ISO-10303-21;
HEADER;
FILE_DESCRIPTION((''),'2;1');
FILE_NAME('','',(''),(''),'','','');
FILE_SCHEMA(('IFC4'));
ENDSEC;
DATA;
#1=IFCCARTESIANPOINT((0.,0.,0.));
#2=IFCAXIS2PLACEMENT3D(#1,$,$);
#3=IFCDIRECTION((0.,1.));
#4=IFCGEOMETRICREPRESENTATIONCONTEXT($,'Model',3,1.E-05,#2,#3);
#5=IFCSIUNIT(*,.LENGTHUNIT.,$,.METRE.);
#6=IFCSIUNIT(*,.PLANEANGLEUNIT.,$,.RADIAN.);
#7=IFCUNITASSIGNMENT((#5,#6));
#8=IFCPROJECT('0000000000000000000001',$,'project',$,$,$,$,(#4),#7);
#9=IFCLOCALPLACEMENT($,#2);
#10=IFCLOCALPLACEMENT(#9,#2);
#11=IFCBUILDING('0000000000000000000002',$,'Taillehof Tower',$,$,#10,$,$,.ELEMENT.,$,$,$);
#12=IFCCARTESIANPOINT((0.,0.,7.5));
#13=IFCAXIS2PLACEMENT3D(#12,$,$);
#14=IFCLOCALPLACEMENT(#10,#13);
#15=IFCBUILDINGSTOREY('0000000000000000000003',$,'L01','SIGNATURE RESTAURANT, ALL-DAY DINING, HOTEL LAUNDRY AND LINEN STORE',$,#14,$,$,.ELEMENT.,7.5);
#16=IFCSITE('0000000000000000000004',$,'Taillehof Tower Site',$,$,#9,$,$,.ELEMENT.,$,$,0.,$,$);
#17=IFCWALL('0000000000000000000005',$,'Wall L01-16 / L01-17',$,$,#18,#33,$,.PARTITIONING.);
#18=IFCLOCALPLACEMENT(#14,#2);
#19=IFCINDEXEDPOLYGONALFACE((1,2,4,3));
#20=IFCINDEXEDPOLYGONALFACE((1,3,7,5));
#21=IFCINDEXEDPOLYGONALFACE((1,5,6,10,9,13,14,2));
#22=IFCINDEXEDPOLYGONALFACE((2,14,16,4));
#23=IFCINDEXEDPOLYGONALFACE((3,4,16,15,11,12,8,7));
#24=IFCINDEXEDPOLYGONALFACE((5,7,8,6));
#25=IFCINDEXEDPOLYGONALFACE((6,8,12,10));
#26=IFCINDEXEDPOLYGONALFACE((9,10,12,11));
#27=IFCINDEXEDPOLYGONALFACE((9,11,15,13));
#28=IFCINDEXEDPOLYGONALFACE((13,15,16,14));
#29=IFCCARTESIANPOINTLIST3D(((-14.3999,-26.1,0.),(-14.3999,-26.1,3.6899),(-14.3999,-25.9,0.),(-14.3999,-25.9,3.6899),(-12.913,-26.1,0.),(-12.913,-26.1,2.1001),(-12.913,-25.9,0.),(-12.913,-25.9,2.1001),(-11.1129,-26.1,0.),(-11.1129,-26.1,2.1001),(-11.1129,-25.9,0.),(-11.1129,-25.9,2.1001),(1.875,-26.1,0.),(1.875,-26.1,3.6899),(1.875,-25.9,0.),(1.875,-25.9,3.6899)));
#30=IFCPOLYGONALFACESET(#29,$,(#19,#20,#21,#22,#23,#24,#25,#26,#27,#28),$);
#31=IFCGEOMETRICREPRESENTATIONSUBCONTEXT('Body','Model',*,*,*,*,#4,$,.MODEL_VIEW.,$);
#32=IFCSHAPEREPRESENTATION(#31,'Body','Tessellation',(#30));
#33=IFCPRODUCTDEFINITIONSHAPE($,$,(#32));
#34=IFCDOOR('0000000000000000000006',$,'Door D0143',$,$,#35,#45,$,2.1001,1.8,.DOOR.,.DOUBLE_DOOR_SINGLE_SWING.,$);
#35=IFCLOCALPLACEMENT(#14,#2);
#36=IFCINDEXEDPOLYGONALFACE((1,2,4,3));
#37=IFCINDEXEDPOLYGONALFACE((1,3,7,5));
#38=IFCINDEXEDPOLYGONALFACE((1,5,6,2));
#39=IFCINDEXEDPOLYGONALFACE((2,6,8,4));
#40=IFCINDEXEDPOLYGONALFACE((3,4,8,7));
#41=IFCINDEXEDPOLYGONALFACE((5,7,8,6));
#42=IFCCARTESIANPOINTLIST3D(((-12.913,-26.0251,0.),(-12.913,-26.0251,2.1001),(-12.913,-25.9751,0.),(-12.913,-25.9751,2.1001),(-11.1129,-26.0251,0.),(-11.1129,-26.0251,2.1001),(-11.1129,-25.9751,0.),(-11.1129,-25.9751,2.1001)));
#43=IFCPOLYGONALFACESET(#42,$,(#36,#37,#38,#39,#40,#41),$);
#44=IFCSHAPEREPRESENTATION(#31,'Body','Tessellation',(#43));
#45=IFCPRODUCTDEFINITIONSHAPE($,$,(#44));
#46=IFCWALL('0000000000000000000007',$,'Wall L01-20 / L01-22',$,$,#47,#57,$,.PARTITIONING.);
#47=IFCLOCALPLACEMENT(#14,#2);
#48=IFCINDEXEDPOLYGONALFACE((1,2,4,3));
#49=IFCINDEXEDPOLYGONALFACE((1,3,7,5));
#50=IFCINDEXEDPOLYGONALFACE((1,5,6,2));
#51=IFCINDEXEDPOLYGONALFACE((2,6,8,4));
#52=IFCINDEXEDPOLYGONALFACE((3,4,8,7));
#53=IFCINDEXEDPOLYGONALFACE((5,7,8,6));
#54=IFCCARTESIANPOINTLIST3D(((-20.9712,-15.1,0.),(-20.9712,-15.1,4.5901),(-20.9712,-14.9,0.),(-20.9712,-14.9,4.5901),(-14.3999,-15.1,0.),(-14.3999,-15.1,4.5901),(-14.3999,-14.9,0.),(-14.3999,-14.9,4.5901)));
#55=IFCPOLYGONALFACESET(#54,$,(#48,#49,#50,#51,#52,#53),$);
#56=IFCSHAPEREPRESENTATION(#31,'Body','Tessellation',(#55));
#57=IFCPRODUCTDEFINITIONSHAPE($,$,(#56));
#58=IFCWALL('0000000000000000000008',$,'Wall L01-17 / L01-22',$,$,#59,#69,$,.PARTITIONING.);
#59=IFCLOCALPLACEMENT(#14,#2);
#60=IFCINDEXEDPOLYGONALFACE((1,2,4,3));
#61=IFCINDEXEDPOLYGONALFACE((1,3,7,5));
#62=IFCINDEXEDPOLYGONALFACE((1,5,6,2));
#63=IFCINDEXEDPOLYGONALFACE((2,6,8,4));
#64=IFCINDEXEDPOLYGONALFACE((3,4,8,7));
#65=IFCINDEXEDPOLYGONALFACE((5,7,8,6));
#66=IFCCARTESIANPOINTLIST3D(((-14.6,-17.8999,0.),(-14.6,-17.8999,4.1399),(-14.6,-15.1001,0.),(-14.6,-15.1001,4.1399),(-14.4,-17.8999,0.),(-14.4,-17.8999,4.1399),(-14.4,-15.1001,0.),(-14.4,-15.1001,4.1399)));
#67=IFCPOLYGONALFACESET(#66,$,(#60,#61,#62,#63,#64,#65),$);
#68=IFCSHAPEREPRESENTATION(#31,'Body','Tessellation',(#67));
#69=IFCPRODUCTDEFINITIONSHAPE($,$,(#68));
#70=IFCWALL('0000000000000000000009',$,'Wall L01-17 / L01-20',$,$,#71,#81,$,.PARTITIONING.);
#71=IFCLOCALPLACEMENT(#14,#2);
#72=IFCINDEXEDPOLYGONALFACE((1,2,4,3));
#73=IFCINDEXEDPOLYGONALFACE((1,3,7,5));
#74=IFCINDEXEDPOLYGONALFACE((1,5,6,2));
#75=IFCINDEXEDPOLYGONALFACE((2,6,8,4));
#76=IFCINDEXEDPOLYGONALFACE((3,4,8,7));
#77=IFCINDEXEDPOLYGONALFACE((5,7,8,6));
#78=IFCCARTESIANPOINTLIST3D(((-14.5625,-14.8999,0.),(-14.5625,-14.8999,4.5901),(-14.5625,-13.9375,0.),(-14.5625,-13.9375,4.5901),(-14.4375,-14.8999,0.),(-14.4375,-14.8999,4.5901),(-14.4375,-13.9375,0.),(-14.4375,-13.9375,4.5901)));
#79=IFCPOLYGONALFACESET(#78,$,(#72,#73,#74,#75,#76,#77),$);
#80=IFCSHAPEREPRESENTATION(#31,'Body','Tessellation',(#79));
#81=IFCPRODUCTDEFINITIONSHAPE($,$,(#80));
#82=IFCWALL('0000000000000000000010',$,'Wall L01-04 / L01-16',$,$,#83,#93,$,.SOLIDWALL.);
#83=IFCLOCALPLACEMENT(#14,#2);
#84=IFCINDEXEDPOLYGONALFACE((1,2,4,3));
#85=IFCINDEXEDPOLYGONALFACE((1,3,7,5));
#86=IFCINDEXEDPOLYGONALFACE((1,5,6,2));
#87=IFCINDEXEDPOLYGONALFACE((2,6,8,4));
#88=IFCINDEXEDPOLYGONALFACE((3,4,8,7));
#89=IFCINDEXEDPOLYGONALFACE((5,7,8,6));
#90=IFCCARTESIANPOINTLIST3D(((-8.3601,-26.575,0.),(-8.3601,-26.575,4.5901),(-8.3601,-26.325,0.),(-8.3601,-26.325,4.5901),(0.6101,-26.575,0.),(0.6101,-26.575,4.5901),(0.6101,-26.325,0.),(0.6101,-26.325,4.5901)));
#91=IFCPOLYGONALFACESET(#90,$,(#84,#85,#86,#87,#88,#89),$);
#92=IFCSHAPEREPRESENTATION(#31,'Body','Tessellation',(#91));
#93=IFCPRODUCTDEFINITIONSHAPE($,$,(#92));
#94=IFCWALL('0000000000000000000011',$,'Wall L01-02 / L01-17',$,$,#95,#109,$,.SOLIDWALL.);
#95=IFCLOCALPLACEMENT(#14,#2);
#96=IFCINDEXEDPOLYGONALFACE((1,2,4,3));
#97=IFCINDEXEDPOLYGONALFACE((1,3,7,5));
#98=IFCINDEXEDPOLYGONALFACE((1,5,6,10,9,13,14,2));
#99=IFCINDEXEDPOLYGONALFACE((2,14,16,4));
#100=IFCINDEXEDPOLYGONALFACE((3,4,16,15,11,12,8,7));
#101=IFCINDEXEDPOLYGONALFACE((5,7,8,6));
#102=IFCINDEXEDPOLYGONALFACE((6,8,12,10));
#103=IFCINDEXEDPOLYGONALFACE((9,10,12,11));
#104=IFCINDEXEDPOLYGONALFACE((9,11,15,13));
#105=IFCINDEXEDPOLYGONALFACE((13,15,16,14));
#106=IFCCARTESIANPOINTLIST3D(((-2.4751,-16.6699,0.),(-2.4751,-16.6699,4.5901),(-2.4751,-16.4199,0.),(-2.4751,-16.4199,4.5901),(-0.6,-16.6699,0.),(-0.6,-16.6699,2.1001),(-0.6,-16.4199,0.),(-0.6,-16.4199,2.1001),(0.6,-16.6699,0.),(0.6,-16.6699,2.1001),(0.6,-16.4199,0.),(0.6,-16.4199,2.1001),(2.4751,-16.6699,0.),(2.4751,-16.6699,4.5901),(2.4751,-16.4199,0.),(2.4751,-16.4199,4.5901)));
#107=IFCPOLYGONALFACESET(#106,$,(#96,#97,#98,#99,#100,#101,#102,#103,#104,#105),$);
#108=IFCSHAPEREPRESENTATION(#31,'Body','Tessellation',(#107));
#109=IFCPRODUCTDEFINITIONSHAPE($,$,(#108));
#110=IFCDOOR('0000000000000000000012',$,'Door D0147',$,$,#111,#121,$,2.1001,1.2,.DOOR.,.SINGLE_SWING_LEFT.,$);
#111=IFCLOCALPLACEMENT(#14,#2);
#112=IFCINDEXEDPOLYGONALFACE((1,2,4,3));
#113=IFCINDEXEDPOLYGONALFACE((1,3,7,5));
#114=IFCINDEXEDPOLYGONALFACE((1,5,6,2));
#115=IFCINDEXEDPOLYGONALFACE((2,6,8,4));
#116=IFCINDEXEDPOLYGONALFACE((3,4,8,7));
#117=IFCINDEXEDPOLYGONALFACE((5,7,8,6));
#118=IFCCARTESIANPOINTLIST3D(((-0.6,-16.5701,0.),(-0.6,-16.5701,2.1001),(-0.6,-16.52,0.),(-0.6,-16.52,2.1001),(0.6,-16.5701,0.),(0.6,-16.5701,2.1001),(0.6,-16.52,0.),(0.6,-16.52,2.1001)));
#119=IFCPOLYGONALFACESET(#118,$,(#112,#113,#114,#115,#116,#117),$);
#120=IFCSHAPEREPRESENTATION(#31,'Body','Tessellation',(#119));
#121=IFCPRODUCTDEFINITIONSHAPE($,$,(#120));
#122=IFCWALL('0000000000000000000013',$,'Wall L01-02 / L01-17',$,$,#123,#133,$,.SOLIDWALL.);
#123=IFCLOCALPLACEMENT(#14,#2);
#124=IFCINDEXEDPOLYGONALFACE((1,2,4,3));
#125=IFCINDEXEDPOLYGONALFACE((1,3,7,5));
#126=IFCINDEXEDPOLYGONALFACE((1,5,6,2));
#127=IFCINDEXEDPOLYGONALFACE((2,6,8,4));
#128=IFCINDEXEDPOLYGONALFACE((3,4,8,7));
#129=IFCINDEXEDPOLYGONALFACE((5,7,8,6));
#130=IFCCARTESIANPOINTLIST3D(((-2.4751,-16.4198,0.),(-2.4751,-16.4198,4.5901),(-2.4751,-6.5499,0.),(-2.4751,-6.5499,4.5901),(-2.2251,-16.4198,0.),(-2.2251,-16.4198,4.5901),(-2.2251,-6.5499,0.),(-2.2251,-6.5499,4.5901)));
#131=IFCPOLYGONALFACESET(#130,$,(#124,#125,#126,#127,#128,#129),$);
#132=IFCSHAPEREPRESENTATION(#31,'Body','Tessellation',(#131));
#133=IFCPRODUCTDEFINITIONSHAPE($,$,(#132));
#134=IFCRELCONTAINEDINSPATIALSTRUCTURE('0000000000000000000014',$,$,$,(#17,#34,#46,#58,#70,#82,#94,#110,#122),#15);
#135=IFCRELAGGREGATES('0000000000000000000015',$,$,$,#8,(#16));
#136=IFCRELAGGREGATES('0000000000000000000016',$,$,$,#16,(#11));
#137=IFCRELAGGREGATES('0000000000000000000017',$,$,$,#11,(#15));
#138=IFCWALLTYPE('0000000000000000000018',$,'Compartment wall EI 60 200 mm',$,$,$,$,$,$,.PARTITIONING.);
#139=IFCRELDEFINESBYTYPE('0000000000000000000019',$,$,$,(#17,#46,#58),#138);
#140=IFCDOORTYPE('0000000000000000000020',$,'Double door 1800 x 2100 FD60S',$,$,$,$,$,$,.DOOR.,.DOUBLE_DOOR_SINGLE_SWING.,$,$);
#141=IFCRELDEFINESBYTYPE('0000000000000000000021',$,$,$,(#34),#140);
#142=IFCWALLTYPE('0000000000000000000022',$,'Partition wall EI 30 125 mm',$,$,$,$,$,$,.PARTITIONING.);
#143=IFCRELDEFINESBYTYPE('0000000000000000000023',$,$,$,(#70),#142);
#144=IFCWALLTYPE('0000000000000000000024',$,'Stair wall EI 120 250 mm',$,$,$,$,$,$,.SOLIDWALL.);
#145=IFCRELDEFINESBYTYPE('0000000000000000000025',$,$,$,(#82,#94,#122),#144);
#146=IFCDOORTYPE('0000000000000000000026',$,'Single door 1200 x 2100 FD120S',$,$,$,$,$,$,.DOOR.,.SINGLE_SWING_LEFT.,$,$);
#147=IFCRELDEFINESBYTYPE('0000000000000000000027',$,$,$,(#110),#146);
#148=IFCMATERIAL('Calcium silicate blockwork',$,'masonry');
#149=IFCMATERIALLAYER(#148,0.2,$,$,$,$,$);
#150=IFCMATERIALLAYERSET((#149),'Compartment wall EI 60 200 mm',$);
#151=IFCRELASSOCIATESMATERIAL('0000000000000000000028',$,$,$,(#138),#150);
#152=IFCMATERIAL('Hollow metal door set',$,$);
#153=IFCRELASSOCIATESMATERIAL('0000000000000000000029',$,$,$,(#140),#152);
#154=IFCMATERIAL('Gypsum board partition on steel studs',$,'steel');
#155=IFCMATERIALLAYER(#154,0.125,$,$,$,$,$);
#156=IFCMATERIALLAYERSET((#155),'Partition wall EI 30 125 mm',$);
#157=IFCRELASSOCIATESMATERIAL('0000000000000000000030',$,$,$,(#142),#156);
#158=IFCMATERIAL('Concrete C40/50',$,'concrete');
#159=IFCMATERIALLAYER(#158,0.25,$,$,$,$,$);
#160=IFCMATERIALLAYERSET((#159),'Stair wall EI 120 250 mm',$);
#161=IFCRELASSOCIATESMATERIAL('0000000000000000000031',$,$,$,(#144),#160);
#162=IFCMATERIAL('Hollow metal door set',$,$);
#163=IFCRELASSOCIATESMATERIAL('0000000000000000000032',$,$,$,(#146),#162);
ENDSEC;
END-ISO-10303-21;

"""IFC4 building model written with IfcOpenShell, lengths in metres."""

from ifc_helpers import new_model, si_unit, direction, frame, frame_2d, origin, place, context, subcontext, project, spatial, rectangle, extrude, material, layer, layer_set, type_object, element, fill, save


model = new_model("IFC4")

# Units and contexts
model_context = context("Model", 3, precision=1e-05, world=origin(), true_north=direction((0.0, 1.0)))
body_context = subcontext(model_context, "Body", "Model", "MODEL_VIEW")
ifc_project = project(units=[si_unit("LENGTHUNIT", "METRE"), si_unit("PLANEANGLEUNIT", "RADIAN")], contexts=[model_context])

# Site, building, storey
site_placement = place(None, origin())
site = spatial("IfcSite", under=ifc_project, at=site_placement, Name="Taillehof Tower Site", CompositionType="ELEMENT", RefElevation=0.0)
building_placement = place(site_placement, origin())
building = spatial("IfcBuilding", under=site, at=building_placement, Name="Taillehof Tower", CompositionType="ELEMENT")
storey_placement = place(building_placement, frame((0.0, 0.0, 7.5)))
storey = spatial("IfcBuildingStorey", under=building, at=storey_placement, Name="L01", Description="SIGNATURE RESTAURANT, ALL-DAY DINING, HOTEL LAUNDRY AND LINEN STORE", CompositionType="ELEMENT", Elevation=7.5)

# Wall, opening, door
ifc_material_1 = material(Name="Calcium silicate blockwork", Category="masonry")
ifc_layer_1 = layer(ifc_material_1, 0.2)
ifc_layer_set_1 = layer_set([ifc_layer_1], Name="Compartment wall EI 60 200 mm")
wall_type_1 = type_object("IfcWallType", Name="Compartment wall EI 60 200 mm", PredefinedType="PARTITIONING", material=ifc_layer_set_1)
wall_1_placement = place(storey_placement, frame((-14.3999, -26.0, 0.0), z_axis=(0.0, 0.0, 1.0), x_axis=(1.0, 0.0, 0.0)))
wall_1 = element("IfcWall", 1, at=wall_1_placement, inside=storey, type_object=wall_type_1, Name="Wall L01-16 / L01-17", PredefinedType="PARTITIONING", context=body_context, shape_type="SweptSolid", body=[
    extrude(rectangle(XDim=16.2749, YDim=0.2, at=frame_2d((8.1375, 0.0))), origin(), (0.0, 0.0, 1.0), 3.6899),
])
opening_1_placement = place(wall_1_placement, frame((1.4871, 0.0, 0.0)))
opening_1 = element("IfcOpeningElement", 2, at=opening_1_placement, cuts=wall_1, PredefinedType="OPENING", context=body_context, shape_type="SweptSolid", body=[
    extrude(rectangle(XDim=1.8, YDim=2.1001, at=frame_2d((0.8999, 1.05))), frame((0.0, 0.1099, 0.0), z_axis=(0.0, -1.0, 0.0), x_axis=(1.0, 0.0, 0.0)), (0.0, 0.0, 1.0), 0.22),
])
ifc_material_2 = material(Name="Hollow metal door set")
door_type_1 = type_object("IfcDoorType", Name="Double door 1800 x 2100 FD60S", OperationType="DOUBLE_DOOR_SINGLE_SWING", PredefinedType="DOOR", material=ifc_material_2)
door_1_placement = place(opening_1_placement, origin())
door_1 = element("IfcDoor", 3, at=door_1_placement, inside=storey, type_object=door_type_1, Name="Door D0143", OperationType="DOUBLE_DOOR_SINGLE_SWING", OverallHeight=2.1001, OverallWidth=1.8, PredefinedType="DOOR", context=body_context, shape_type="SweptSolid", body=[
    extrude(rectangle(XDim=1.8, YDim=2.1001, at=frame_2d((0.8999, 1.05))), frame((0.0, 0.0249, 0.0), z_axis=(0.0, -1.0, 0.0), x_axis=(1.0, 0.0, 0.0)), (0.0, 0.0, 1.0), 0.05),
])
fill(opening_1, door_1)

# Walls
wall_2_placement = place(storey_placement, frame((-20.9712, -15.0, 0.0), z_axis=(0.0, 0.0, 1.0), x_axis=(1.0, 0.0, 0.0)))
element("IfcWall", 4, at=wall_2_placement, inside=storey, type_object=wall_type_1, Name="Wall L01-20 / L01-22", PredefinedType="PARTITIONING", context=body_context, shape_type="SweptSolid", body=[
    extrude(rectangle(XDim=6.5713, YDim=0.2, at=frame_2d((3.2856, 0.0))), origin(), (0.0, 0.0, 1.0), 4.5901),
])
wall_3_placement = place(storey_placement, frame((-14.5, -17.8999, 0.0), z_axis=(0.0, 0.0, 1.0), x_axis=(0.0, 1.0, 0.0)))
element("IfcWall", 5, at=wall_3_placement, inside=storey, type_object=wall_type_1, Name="Wall L01-17 / L01-22", PredefinedType="PARTITIONING", context=body_context, shape_type="SweptSolid", body=[
    extrude(rectangle(XDim=2.7998, YDim=0.2, at=frame_2d((1.3999, 0.0))), origin(), (0.0, 0.0, 1.0), 4.1399),
])
ifc_material_3 = material(Name="Gypsum board partition on steel studs", Category="steel")
ifc_layer_2 = layer(ifc_material_3, 0.125)
ifc_layer_set_2 = layer_set([ifc_layer_2], Name="Partition wall EI 30 125 mm")
wall_type_2 = type_object("IfcWallType", Name="Partition wall EI 30 125 mm", PredefinedType="PARTITIONING", material=ifc_layer_set_2)
wall_4_placement = place(storey_placement, frame((-14.5, -14.8999, 0.0), z_axis=(0.0, 0.0, 1.0), x_axis=(0.0, 1.0, 0.0)))
element("IfcWall", 6, at=wall_4_placement, inside=storey, type_object=wall_type_2, Name="Wall L01-17 / L01-20", PredefinedType="PARTITIONING", context=body_context, shape_type="SweptSolid", body=[
    extrude(rectangle(XDim=0.9624, YDim=0.125, at=frame_2d((0.4812, 0.0))), origin(), (0.0, 0.0, 1.0), 4.5901),
])
ifc_material_4 = material(Name="Concrete C40/50", Category="concrete")
ifc_layer_3 = layer(ifc_material_4, 0.25)
ifc_layer_set_3 = layer_set([ifc_layer_3], Name="Stair wall EI 120 250 mm")
wall_type_3 = type_object("IfcWallType", Name="Stair wall EI 120 250 mm", PredefinedType="SOLIDWALL", material=ifc_layer_set_3)
wall_5_placement = place(storey_placement, frame((-8.3601, -26.45, 0.0), z_axis=(0.0, 0.0, 1.0), x_axis=(1.0, 0.0, 0.0)))
element("IfcWall", 7, at=wall_5_placement, inside=storey, type_object=wall_type_3, Name="Wall L01-04 / L01-16", PredefinedType="SOLIDWALL", context=body_context, shape_type="SweptSolid", body=[
    extrude(rectangle(XDim=8.9702, YDim=0.25, at=frame_2d((4.4851, 0.0))), origin(), (0.0, 0.0, 1.0), 4.5901),
])

# Wall, opening, door
wall_6_placement = place(storey_placement, frame((-2.4751, -16.5449, 0.0), z_axis=(0.0, 0.0, 1.0), x_axis=(1.0, 0.0, 0.0)))
wall_6 = element("IfcWall", 8, at=wall_6_placement, inside=storey, type_object=wall_type_3, Name="Wall L01-02 / L01-17", PredefinedType="SOLIDWALL", context=body_context, shape_type="SweptSolid", body=[
    extrude(rectangle(XDim=4.9502, YDim=0.25, at=frame_2d((2.4751, 0.0))), origin(), (0.0, 0.0, 1.0), 4.5901),
])
opening_2_placement = place(wall_6_placement, frame((1.875, 0.0, 0.0)))
opening_2 = element("IfcOpeningElement", 9, at=opening_2_placement, cuts=wall_6, PredefinedType="OPENING", context=body_context, shape_type="SweptSolid", body=[
    extrude(rectangle(XDim=1.2, YDim=2.1001, at=frame_2d((0.6001, 1.05))), frame((0.0, 0.135, 0.0), z_axis=(0.0, -1.0, 0.0), x_axis=(1.0, 0.0, 0.0)), (0.0, 0.0, 1.0), 0.27),
])
ifc_material_5 = material(Name="Hollow metal door set")
door_type_2 = type_object("IfcDoorType", Name="Single door 1200 x 2100 FD120S", OperationType="SINGLE_SWING_LEFT", PredefinedType="DOOR", material=ifc_material_5)
door_2_placement = place(opening_2_placement, origin())
door_2 = element("IfcDoor", 10, at=door_2_placement, inside=storey, type_object=door_type_2, Name="Door D0147", OperationType="SINGLE_SWING_LEFT", OverallHeight=2.1001, OverallWidth=1.2, PredefinedType="DOOR", context=body_context, shape_type="SweptSolid", body=[
    extrude(rectangle(XDim=1.2, YDim=2.1001, at=frame_2d((0.6001, 1.05))), frame((0.0, 0.0249, 0.0), z_axis=(0.0, -1.0, 0.0), x_axis=(1.0, 0.0, 0.0)), (0.0, 0.0, 1.0), 0.05),
])
fill(opening_2, door_2)

# Wall
wall_7_placement = place(storey_placement, frame((-2.3501, -16.4199, 0.0), z_axis=(0.0, 0.0, 1.0), x_axis=(0.0, 1.0, 0.0)))
element("IfcWall", 11, at=wall_7_placement, inside=storey, type_object=wall_type_3, Name="Wall L01-02 / L01-17", PredefinedType="SOLIDWALL", context=body_context, shape_type="SweptSolid", body=[
    extrude(rectangle(XDim=9.8699, YDim=0.25, at=frame_2d((4.9351, 0.0))), origin(), (0.0, 0.0, 1.0), 4.5901),
])

save(model, "model.ifc")
